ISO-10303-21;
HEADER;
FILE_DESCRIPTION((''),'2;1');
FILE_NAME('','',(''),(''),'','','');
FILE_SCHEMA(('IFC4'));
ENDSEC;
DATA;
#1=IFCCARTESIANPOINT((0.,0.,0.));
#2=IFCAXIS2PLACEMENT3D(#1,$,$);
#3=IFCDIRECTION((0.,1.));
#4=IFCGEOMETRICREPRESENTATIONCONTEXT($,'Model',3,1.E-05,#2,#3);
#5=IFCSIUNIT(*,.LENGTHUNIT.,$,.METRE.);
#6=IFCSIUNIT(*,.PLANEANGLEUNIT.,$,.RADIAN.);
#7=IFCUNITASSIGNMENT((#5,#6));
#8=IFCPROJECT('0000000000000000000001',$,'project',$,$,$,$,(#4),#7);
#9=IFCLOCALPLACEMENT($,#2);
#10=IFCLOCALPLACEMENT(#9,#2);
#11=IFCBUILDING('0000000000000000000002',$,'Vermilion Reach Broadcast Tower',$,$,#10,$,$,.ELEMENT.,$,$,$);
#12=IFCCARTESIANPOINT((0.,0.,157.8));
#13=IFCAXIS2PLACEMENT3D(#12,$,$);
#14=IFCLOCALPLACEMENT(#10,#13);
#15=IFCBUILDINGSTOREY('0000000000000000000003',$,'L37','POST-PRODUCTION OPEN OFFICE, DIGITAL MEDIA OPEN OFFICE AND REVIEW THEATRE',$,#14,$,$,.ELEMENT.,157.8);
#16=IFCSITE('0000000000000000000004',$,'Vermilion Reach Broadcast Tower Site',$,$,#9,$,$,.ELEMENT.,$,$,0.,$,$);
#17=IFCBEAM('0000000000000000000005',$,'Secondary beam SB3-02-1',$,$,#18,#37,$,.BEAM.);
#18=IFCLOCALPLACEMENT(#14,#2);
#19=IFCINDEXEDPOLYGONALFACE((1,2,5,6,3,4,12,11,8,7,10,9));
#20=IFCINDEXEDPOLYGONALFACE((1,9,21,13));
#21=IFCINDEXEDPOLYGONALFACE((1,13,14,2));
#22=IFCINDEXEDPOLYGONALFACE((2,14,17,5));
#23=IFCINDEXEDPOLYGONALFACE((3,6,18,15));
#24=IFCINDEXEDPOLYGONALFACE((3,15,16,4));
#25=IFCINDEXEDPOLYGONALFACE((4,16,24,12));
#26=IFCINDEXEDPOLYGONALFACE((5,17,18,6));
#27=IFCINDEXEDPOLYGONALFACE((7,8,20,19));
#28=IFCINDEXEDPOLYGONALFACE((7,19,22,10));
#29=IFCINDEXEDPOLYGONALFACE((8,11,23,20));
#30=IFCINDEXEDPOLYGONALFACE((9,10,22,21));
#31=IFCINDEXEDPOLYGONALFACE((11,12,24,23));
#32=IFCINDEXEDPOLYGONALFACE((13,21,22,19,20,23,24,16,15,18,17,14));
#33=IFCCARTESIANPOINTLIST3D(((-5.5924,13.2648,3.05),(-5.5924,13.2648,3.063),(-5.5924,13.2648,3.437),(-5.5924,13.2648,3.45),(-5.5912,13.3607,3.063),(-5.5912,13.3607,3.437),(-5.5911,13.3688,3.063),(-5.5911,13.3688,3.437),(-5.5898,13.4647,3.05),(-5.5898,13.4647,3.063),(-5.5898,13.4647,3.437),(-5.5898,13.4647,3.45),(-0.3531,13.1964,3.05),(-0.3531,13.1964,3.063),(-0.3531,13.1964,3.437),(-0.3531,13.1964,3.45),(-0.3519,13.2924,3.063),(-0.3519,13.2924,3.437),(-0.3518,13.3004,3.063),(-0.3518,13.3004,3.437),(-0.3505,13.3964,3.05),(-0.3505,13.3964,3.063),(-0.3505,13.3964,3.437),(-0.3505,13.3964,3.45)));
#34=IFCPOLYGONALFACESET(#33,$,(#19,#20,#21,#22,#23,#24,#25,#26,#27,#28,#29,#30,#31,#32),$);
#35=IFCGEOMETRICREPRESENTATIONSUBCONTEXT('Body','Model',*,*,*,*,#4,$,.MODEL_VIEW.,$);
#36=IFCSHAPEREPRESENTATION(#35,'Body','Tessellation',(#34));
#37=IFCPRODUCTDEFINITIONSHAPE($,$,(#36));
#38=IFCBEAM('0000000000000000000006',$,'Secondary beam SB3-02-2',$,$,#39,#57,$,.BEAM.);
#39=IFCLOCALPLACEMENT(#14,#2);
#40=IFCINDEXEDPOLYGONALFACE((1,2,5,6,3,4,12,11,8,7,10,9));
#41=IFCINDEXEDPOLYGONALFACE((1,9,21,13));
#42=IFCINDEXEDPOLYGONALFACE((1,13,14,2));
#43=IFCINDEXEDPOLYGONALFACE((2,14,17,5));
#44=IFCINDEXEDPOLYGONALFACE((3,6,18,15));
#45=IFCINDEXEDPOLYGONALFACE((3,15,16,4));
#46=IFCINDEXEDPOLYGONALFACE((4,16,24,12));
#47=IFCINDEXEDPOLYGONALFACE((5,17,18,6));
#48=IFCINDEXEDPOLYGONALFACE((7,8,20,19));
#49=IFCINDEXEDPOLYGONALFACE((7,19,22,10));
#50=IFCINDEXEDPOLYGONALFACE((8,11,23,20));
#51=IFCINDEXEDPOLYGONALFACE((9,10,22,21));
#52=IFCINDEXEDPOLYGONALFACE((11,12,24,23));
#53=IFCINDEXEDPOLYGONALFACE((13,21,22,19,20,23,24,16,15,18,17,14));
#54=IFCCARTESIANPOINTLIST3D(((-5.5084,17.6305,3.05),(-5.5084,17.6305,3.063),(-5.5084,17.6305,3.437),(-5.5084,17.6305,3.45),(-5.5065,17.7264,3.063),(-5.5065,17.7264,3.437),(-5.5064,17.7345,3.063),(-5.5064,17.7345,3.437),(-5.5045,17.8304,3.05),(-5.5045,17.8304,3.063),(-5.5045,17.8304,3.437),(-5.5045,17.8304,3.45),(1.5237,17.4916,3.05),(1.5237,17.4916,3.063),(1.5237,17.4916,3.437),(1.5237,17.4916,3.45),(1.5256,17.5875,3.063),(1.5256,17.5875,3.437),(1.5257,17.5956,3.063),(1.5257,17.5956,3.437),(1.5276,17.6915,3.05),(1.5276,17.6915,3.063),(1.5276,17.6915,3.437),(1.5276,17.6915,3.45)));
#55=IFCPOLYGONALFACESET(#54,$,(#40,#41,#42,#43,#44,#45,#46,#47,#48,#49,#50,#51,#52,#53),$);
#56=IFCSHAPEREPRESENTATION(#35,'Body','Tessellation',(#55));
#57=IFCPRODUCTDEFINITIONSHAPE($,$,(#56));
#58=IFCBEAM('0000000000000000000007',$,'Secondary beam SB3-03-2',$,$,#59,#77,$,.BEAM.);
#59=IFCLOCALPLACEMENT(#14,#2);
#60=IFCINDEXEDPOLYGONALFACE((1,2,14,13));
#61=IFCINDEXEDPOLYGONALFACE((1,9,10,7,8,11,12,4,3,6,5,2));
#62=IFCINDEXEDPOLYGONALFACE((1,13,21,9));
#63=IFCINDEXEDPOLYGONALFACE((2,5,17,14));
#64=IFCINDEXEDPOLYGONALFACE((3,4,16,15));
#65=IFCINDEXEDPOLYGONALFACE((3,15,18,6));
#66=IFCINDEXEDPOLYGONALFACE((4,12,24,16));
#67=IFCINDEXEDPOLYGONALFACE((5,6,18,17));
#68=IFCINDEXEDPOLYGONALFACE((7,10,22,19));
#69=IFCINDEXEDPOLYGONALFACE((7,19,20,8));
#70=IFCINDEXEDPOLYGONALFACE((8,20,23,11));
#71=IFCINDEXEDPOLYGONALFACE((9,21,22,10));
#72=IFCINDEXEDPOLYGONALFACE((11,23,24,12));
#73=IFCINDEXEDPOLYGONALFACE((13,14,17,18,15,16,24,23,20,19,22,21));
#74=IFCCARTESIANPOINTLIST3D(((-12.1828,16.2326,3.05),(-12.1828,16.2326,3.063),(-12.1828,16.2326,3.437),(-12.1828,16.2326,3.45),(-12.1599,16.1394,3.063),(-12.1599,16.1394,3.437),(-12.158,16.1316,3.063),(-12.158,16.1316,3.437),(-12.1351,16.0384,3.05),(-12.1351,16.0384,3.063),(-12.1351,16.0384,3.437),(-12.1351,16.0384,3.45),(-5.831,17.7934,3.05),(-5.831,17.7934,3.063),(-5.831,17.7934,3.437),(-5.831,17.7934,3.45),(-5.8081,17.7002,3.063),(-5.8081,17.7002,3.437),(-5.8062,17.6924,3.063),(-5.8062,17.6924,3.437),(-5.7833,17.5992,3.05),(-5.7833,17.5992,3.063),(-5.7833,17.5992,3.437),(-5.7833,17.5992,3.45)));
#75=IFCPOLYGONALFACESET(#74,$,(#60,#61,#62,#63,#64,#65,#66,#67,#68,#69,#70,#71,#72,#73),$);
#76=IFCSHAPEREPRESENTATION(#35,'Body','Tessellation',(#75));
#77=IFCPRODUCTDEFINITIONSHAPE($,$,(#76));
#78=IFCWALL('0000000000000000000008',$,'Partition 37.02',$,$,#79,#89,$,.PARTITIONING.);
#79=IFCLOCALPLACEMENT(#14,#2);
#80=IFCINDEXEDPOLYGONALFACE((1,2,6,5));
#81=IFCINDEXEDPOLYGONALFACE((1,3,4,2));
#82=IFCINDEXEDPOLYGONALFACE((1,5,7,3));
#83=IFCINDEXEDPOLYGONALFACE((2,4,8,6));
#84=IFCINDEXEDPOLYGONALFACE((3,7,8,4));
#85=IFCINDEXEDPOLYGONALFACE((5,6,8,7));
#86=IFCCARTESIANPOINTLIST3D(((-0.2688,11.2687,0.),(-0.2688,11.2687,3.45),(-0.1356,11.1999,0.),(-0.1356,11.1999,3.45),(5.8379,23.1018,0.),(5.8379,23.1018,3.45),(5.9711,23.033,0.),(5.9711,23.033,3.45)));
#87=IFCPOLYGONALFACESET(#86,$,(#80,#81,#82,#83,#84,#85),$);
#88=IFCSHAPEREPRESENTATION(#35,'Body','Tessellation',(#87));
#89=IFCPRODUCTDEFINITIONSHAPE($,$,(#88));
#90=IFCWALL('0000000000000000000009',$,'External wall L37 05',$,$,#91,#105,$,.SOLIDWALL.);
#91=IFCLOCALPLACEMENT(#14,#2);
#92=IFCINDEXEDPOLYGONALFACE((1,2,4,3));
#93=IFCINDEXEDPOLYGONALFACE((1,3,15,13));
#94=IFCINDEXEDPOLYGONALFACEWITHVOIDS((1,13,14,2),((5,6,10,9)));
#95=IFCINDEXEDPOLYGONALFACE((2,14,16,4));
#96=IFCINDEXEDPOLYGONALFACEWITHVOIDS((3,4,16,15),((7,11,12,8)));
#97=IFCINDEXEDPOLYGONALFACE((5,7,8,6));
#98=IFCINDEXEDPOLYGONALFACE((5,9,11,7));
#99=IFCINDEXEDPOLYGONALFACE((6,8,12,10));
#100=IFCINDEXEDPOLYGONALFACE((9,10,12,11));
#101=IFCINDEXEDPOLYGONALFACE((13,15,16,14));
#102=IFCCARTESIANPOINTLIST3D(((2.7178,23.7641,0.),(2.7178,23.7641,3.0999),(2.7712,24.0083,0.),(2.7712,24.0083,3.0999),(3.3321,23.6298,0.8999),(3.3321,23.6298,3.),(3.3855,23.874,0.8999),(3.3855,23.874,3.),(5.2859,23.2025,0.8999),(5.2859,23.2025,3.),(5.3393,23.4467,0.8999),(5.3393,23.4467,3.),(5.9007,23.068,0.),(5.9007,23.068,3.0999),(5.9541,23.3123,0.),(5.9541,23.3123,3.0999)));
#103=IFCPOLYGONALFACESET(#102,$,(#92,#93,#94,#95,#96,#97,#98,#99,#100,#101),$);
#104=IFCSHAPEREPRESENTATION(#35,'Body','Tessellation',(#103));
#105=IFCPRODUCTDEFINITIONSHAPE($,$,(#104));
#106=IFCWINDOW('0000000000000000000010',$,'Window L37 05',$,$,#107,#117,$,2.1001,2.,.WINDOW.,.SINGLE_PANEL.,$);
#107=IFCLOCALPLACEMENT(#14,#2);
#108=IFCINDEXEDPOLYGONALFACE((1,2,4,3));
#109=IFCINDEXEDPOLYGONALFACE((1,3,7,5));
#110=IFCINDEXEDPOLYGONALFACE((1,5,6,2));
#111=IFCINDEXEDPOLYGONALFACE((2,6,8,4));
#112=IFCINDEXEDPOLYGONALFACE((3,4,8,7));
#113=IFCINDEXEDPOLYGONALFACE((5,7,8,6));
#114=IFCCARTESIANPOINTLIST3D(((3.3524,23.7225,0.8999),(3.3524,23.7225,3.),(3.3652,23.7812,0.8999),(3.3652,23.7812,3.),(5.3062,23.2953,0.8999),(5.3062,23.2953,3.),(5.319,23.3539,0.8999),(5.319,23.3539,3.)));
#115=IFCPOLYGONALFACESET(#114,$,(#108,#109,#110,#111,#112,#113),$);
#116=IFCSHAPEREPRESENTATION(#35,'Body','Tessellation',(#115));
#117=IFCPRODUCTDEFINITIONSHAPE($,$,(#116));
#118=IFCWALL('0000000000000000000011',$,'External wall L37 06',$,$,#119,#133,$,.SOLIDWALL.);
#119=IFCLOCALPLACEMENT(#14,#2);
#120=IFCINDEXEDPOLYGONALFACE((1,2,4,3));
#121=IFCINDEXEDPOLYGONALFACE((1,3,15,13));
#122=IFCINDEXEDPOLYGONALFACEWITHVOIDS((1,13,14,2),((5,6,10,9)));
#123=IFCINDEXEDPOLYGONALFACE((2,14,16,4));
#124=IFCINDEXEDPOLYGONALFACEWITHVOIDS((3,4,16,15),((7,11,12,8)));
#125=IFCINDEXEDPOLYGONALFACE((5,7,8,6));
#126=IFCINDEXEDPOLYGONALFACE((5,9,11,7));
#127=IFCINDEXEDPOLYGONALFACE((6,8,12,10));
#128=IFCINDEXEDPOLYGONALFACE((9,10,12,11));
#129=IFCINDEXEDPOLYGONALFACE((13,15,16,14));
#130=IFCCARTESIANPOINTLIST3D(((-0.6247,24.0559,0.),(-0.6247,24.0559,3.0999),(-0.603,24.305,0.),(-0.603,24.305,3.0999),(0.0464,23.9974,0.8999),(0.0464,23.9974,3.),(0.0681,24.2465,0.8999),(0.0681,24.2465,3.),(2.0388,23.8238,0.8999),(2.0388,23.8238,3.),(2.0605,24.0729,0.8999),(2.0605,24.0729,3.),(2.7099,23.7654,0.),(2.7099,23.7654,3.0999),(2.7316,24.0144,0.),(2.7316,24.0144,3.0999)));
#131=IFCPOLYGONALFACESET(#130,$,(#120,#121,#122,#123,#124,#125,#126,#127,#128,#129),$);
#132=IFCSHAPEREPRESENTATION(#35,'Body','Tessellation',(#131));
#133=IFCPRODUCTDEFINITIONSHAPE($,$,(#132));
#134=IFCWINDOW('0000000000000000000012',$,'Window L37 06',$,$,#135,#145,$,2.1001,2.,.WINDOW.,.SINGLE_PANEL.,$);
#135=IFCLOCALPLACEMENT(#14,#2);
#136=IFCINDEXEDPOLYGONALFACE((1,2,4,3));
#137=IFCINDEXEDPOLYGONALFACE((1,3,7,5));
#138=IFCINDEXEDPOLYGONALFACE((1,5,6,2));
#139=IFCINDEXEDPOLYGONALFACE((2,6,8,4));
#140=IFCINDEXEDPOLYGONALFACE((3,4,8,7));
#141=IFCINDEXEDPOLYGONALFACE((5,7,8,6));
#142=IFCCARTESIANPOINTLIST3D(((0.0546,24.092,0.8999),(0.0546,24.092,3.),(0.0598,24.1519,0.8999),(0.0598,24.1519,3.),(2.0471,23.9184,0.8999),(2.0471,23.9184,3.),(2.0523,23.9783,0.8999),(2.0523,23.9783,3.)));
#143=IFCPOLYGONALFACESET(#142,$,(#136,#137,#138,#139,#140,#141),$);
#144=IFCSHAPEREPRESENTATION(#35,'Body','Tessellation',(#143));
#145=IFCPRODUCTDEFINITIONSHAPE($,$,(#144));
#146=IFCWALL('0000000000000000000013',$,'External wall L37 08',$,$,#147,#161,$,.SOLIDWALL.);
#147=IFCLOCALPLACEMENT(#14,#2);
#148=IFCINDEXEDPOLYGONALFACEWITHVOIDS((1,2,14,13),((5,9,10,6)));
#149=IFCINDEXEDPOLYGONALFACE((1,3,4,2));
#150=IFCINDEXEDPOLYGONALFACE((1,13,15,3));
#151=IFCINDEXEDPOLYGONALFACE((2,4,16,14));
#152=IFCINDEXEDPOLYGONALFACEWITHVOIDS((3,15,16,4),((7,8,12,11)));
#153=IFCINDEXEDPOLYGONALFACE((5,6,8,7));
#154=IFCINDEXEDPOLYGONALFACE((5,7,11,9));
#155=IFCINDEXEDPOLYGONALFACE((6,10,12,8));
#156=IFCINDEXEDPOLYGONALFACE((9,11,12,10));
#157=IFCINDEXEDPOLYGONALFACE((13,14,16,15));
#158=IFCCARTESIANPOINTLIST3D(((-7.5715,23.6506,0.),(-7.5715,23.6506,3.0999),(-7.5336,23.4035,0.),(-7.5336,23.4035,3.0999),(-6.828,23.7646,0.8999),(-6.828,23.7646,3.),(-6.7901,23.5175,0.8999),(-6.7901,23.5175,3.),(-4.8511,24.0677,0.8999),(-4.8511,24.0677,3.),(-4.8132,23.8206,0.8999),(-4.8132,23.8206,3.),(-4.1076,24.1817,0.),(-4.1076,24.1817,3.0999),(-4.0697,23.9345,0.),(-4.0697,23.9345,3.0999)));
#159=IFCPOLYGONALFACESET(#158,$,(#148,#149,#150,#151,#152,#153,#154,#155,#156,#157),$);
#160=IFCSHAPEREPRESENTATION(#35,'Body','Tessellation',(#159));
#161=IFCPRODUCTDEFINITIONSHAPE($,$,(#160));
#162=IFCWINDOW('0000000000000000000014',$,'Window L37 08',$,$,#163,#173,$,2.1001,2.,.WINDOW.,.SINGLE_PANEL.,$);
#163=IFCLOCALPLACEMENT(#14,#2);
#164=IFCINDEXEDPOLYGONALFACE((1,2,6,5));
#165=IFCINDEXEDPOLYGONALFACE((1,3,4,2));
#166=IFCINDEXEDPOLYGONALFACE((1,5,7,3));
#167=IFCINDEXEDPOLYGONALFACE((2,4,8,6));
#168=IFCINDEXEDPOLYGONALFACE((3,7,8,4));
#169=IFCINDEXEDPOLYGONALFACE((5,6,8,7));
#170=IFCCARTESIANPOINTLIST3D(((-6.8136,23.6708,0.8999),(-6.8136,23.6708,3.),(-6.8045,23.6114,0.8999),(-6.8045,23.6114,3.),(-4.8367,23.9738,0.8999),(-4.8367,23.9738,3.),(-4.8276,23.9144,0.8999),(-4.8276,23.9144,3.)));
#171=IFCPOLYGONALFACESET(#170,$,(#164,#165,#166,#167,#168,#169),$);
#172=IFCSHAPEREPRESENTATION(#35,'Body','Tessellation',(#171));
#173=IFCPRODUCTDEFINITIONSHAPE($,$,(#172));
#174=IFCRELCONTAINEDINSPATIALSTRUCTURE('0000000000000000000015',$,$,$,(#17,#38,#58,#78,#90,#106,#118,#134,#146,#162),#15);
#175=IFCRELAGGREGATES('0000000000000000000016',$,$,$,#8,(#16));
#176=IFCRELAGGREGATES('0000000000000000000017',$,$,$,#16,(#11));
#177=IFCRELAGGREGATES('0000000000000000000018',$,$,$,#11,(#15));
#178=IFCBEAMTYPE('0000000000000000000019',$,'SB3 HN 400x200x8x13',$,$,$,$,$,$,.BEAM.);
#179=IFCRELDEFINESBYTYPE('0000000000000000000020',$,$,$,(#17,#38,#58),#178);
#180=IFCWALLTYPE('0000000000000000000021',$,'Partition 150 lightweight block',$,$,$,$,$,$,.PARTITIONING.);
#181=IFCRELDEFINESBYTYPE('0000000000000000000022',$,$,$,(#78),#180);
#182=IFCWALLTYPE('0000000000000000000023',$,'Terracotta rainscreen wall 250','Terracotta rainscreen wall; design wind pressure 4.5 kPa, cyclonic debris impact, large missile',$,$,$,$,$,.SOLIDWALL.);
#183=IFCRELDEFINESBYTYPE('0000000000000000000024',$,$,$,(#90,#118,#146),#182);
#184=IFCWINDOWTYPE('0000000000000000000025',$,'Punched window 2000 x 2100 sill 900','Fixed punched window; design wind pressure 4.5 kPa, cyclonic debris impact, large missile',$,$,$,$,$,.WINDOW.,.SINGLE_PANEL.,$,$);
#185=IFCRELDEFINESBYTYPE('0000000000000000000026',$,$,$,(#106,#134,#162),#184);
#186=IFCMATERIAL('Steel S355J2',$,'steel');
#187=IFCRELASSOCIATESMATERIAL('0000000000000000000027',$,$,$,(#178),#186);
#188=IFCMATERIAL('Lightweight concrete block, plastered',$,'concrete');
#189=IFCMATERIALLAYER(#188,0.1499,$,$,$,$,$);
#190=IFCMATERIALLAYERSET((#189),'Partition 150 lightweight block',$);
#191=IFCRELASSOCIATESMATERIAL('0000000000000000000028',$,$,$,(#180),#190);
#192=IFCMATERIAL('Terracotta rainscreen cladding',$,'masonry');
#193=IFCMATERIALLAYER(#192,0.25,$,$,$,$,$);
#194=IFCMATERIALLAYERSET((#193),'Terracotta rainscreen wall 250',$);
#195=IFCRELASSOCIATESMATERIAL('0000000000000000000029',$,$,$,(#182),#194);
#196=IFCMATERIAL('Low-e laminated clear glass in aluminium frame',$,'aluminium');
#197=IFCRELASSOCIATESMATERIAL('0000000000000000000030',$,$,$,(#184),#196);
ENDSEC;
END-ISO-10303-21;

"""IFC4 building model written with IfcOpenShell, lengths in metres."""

from ifc_helpers import new_model, si_unit, direction, frame, frame_2d, origin, origin_2d, place, context, subcontext, project, spatial, rectangle, i_section, extrude, material, layer, layer_set, material_profile, profile_set, type_object, element, fill, save


model = new_model("IFC4")

# Units and contexts
model_context = context("Model", 3, precision=1e-05, world=origin(), true_north=direction((0.0, 1.0)))
body_context = subcontext(model_context, "Body", "Model", "MODEL_VIEW")
ifc_project = project(units=[si_unit("LENGTHUNIT", "METRE"), si_unit("PLANEANGLEUNIT", "RADIAN")], contexts=[model_context])

# Site, building, storey
site_placement = place(None, origin())
site = spatial("IfcSite", under=ifc_project, at=site_placement, Name="Vermilion Reach Broadcast Tower Site", CompositionType="ELEMENT", RefElevation=0.0)
building_placement = place(site_placement, origin())
building = spatial("IfcBuilding", under=site, at=building_placement, Name="Vermilion Reach Broadcast Tower", CompositionType="ELEMENT")
storey_placement = place(building_placement, frame((0.0, 0.0, 157.8)))
storey = spatial("IfcBuildingStorey", under=building, at=storey_placement, Name="L37", Description="POST-PRODUCTION OPEN OFFICE, DIGITAL MEDIA OPEN OFFICE AND REVIEW THEATRE", CompositionType="ELEMENT", Elevation=157.8)

# Beams
ifc_material_1 = material(Name="Steel S355J2", Category="steel")
ifc_material_profile_1 = material_profile(ifc_material_1, i_section(OverallWidth=0.2, OverallDepth=0.3999, WebThickness=0.0081, FlangeThickness=0.0129, at=origin_2d()), Name="S355J2 HN 400x200x8x13")
ifc_profile_set_1 = profile_set([ifc_material_profile_1], Name="Steel S355J2")
beam_type_1 = type_object("IfcBeamType", Name="SB3 HN 400x200x8x13", PredefinedType="BEAM", material=ifc_profile_set_1)
beam_1_placement = place(storey_placement, frame((-0.3518, 13.2964, 3.25), z_axis=(-0.999915, 0.013046, 0.0), x_axis=(-0.013046, -0.999915, 0.0)))
element("IfcBeam", 1, at=beam_1_placement, inside=storey, type_object=beam_type_1, Name="Secondary beam SB3-02-1", PredefinedType="BEAM", context=body_context, shape_type="SweptSolid", body=[
    extrude(i_section(OverallWidth=0.2, OverallDepth=0.3999, WebThickness=0.0081, FlangeThickness=0.0129, at=origin_2d()), origin(), (0.0, 0.0, 1.0), 5.2397),
])
beam_2_placement = place(storey_placement, frame((1.5256, 17.5916, 3.25), z_axis=(-0.999805, 0.019751, 0.0), x_axis=(-0.019751, -0.999805, 0.0)))
element("IfcBeam", 2, at=beam_2_placement, inside=storey, type_object=beam_type_1, Name="Secondary beam SB3-02-2", PredefinedType="BEAM", context=body_context, shape_type="SweptSolid", body=[
    extrude(i_section(OverallWidth=0.2, OverallDepth=0.3999, WebThickness=0.0081, FlangeThickness=0.0129, at=origin_2d()), origin(), (0.0, 0.0, 1.0), 7.0334),
])
beam_3_placement = place(storey_placement, frame((-5.8071, 17.6963, 3.25), z_axis=(-0.971112, -0.238625, 0.0), x_axis=(0.238625, -0.971112, 0.0)))
element("IfcBeam", 3, at=beam_3_placement, inside=storey, type_object=beam_type_1, Name="Secondary beam SB3-03-2", PredefinedType="BEAM", context=body_context, shape_type="SweptSolid", body=[
    extrude(i_section(OverallWidth=0.2, OverallDepth=0.3999, WebThickness=0.0081, FlangeThickness=0.0129, at=origin_2d()), origin(), (0.0, 0.0, 1.0), 6.5408),
])

# Wall
ifc_material_2 = material(Name="Lightweight concrete block, plastered", Category="concrete")
ifc_layer_1 = layer(ifc_material_2, 0.1499)
ifc_layer_set_1 = layer_set([ifc_layer_1], Name="Partition 150 lightweight block")
wall_type_1 = type_object("IfcWallType", Name="Partition 150 lightweight block", PredefinedType="PARTITIONING", material=ifc_layer_set_1)
wall_1_placement = place(storey_placement, frame((5.9045, 23.0674, 0.0), z_axis=(0.0, 0.0, 1.0), x_axis=(-0.458603, -0.888641, 0.0)))
element("IfcWall", 4, at=wall_1_placement, inside=storey, type_object=wall_type_1, Name="Partition 37.02", PredefinedType="PARTITIONING", context=body_context, shape_type="SweptSolid", body=[
    extrude(rectangle(XDim=13.3159, YDim=0.1499, at=frame_2d((6.658, 0.0))), origin(), (0.0, 0.0, 1.0), 3.45),
])

# Walls, openings, windows
ifc_material_3 = material(Name="Terracotta rainscreen cladding", Category="masonry")
ifc_layer_2 = layer(ifc_material_3, 0.25)
ifc_layer_set_2 = layer_set([ifc_layer_2], Name="Terracotta rainscreen wall 250")
wall_type_2 = type_object("IfcWallType", Name="Terracotta rainscreen wall 250", Description="Terracotta rainscreen wall; design wind pressure 4.5 kPa, cyclonic debris impact, large missile", PredefinedType="SOLIDWALL", material=ifc_layer_set_2)
wall_2_placement = place(storey_placement, frame((5.9272, 23.1902, 0.0), z_axis=(0.0, 0.0, 1.0), x_axis=(-0.976913, 0.213637, 0.0)))
wall_2 = element("IfcWall", 5, at=wall_2_placement, inside=storey, type_object=wall_type_2, Name="External wall L37 05", PredefinedType="SOLIDWALL", context=body_context, shape_type="SweptSolid", body=[
    extrude(rectangle(XDim=3.2581, YDim=0.25, at=frame_2d((1.6289, 0.0))), origin(), (0.0, 0.0, 1.0), 3.0999),
])
opening_1_placement = place(wall_2_placement, frame((0.6292, 0.0, 0.8999)))
opening_1 = element("IfcOpeningElement", 6, at=opening_1_placement, cuts=wall_2, PredefinedType="OPENING", context=body_context, shape_type="SweptSolid", body=[
    extrude(rectangle(XDim=2.0, YDim=2.1001, at=frame_2d((1.0, 1.05))), frame((0.0, 0.135, 0.0), z_axis=(0.0, -1.0, 0.0), x_axis=(1.0, 0.0, 0.0)), (0.0, 0.0, 1.0), 0.27),
])
ifc_material_4 = material(Name="Low-e laminated clear glass in aluminium frame", Category="aluminium")
window_type = type_object("IfcWindowType", Name="Punched window 2000 x 2100 sill 900", Description="Fixed punched window; design wind pressure 4.5 kPa, cyclonic debris impact, large missile", PartitioningType="SINGLE_PANEL", PredefinedType="WINDOW", material=ifc_material_4)
window_1_placement = place(opening_1_placement, origin())
window_1 = element("IfcWindow", 7, at=window_1_placement, inside=storey, type_object=window_type, Name="Window L37 05", OverallHeight=2.1001, OverallWidth=2.0, PartitioningType="SINGLE_PANEL", PredefinedType="WINDOW", context=body_context, shape_type="SweptSolid", body=[
    extrude(rectangle(XDim=2.0, YDim=2.1001, at=frame_2d((1.0, 1.05))), frame((0.0, 0.03, 0.0), z_axis=(0.0, -1.0, 0.0), x_axis=(1.0, 0.0, 0.0)), (0.0, 0.0, 1.0), 0.0601),
])
fill(opening_1, window_1)
wall_3_placement = place(storey_placement, frame((2.7207, 23.8899, 0.0), z_axis=(0.0, 0.0, 1.0), x_axis=(-0.996226, 0.0868, 0.0)))
wall_3 = element("IfcWall", 8, at=wall_3_placement, inside=storey, type_object=wall_type_2, Name="External wall L37 06", PredefinedType="SOLIDWALL", context=body_context, shape_type="SweptSolid", body=[
    extrude(rectangle(XDim=3.3472, YDim=0.25, at=frame_2d((1.6736, 0.0))), origin(), (0.0, 0.0, 1.0), 3.0999),
])
opening_2_placement = place(wall_3_placement, frame((0.6736, 0.0, 0.8999)))
opening_2 = element("IfcOpeningElement", 9, at=opening_2_placement, cuts=wall_3, PredefinedType="OPENING", context=body_context, shape_type="SweptSolid", body=[
    extrude(rectangle(XDim=2.0, YDim=2.1001, at=frame_2d((1.0, 1.05))), frame((0.0, 0.135, 0.0), z_axis=(0.0, -1.0, 0.0), x_axis=(1.0, 0.0, 0.0)), (0.0, 0.0, 1.0), 0.27),
])
window_2_placement = place(opening_2_placement, origin())
window_2 = element("IfcWindow", 10, at=window_2_placement, inside=storey, type_object=window_type, Name="Window L37 06", OverallHeight=2.1001, OverallWidth=2.0, PartitioningType="SINGLE_PANEL", PredefinedType="WINDOW", context=body_context, shape_type="SweptSolid", body=[
    extrude(rectangle(XDim=2.0, YDim=2.1001, at=frame_2d((1.0, 1.05))), frame((0.0, 0.03, 0.0), z_axis=(0.0, -1.0, 0.0), x_axis=(1.0, 0.0, 0.0)), (0.0, 0.0, 1.0), 0.0601),
])
fill(opening_2, window_2)

# Wall, opening, window
wall_4_placement = place(storey_placement, frame((-4.0886, 24.0581, 0.0), z_axis=(0.0, 0.0, 1.0), x_axis=(-0.988453, -0.151528, 0.0)))
wall_4 = element("IfcWall", 11, at=wall_4_placement, inside=storey, type_object=wall_type_2, Name="External wall L37 08", PredefinedType="SOLIDWALL", context=body_context, shape_type="SweptSolid", body=[
    extrude(rectangle(XDim=3.5044, YDim=0.25, at=frame_2d((1.7522, 0.0))), origin(), (0.0, 0.0, 1.0), 3.0999),
])
opening_3_placement = place(wall_4_placement, frame((0.7522, 0.0, 0.8999)))
opening_3 = element("IfcOpeningElement", 12, at=opening_3_placement, cuts=wall_4, PredefinedType="OPENING", context=body_context, shape_type="SweptSolid", body=[
    extrude(rectangle(XDim=2.0, YDim=2.1001, at=frame_2d((1.0, 1.05))), frame((0.0, 0.135, 0.0), z_axis=(0.0, -1.0, 0.0), x_axis=(1.0, 0.0, 0.0)), (0.0, 0.0, 1.0), 0.27),
])
window_3_placement = place(opening_3_placement, origin())
window_3 = element("IfcWindow", 13, at=window_3_placement, inside=storey, type_object=window_type, Name="Window L37 08", OverallHeight=2.1001, OverallWidth=2.0, PartitioningType="SINGLE_PANEL", PredefinedType="WINDOW", context=body_context, shape_type="SweptSolid", body=[
    extrude(rectangle(XDim=2.0, YDim=2.1001, at=frame_2d((1.0, 1.05))), frame((0.0, 0.03, 0.0), z_axis=(0.0, -1.0, 0.0), x_axis=(1.0, 0.0, 0.0)), (0.0, 0.0, 1.0), 0.0601),
])
fill(opening_3, window_3)

save(model, "model.ifc")
